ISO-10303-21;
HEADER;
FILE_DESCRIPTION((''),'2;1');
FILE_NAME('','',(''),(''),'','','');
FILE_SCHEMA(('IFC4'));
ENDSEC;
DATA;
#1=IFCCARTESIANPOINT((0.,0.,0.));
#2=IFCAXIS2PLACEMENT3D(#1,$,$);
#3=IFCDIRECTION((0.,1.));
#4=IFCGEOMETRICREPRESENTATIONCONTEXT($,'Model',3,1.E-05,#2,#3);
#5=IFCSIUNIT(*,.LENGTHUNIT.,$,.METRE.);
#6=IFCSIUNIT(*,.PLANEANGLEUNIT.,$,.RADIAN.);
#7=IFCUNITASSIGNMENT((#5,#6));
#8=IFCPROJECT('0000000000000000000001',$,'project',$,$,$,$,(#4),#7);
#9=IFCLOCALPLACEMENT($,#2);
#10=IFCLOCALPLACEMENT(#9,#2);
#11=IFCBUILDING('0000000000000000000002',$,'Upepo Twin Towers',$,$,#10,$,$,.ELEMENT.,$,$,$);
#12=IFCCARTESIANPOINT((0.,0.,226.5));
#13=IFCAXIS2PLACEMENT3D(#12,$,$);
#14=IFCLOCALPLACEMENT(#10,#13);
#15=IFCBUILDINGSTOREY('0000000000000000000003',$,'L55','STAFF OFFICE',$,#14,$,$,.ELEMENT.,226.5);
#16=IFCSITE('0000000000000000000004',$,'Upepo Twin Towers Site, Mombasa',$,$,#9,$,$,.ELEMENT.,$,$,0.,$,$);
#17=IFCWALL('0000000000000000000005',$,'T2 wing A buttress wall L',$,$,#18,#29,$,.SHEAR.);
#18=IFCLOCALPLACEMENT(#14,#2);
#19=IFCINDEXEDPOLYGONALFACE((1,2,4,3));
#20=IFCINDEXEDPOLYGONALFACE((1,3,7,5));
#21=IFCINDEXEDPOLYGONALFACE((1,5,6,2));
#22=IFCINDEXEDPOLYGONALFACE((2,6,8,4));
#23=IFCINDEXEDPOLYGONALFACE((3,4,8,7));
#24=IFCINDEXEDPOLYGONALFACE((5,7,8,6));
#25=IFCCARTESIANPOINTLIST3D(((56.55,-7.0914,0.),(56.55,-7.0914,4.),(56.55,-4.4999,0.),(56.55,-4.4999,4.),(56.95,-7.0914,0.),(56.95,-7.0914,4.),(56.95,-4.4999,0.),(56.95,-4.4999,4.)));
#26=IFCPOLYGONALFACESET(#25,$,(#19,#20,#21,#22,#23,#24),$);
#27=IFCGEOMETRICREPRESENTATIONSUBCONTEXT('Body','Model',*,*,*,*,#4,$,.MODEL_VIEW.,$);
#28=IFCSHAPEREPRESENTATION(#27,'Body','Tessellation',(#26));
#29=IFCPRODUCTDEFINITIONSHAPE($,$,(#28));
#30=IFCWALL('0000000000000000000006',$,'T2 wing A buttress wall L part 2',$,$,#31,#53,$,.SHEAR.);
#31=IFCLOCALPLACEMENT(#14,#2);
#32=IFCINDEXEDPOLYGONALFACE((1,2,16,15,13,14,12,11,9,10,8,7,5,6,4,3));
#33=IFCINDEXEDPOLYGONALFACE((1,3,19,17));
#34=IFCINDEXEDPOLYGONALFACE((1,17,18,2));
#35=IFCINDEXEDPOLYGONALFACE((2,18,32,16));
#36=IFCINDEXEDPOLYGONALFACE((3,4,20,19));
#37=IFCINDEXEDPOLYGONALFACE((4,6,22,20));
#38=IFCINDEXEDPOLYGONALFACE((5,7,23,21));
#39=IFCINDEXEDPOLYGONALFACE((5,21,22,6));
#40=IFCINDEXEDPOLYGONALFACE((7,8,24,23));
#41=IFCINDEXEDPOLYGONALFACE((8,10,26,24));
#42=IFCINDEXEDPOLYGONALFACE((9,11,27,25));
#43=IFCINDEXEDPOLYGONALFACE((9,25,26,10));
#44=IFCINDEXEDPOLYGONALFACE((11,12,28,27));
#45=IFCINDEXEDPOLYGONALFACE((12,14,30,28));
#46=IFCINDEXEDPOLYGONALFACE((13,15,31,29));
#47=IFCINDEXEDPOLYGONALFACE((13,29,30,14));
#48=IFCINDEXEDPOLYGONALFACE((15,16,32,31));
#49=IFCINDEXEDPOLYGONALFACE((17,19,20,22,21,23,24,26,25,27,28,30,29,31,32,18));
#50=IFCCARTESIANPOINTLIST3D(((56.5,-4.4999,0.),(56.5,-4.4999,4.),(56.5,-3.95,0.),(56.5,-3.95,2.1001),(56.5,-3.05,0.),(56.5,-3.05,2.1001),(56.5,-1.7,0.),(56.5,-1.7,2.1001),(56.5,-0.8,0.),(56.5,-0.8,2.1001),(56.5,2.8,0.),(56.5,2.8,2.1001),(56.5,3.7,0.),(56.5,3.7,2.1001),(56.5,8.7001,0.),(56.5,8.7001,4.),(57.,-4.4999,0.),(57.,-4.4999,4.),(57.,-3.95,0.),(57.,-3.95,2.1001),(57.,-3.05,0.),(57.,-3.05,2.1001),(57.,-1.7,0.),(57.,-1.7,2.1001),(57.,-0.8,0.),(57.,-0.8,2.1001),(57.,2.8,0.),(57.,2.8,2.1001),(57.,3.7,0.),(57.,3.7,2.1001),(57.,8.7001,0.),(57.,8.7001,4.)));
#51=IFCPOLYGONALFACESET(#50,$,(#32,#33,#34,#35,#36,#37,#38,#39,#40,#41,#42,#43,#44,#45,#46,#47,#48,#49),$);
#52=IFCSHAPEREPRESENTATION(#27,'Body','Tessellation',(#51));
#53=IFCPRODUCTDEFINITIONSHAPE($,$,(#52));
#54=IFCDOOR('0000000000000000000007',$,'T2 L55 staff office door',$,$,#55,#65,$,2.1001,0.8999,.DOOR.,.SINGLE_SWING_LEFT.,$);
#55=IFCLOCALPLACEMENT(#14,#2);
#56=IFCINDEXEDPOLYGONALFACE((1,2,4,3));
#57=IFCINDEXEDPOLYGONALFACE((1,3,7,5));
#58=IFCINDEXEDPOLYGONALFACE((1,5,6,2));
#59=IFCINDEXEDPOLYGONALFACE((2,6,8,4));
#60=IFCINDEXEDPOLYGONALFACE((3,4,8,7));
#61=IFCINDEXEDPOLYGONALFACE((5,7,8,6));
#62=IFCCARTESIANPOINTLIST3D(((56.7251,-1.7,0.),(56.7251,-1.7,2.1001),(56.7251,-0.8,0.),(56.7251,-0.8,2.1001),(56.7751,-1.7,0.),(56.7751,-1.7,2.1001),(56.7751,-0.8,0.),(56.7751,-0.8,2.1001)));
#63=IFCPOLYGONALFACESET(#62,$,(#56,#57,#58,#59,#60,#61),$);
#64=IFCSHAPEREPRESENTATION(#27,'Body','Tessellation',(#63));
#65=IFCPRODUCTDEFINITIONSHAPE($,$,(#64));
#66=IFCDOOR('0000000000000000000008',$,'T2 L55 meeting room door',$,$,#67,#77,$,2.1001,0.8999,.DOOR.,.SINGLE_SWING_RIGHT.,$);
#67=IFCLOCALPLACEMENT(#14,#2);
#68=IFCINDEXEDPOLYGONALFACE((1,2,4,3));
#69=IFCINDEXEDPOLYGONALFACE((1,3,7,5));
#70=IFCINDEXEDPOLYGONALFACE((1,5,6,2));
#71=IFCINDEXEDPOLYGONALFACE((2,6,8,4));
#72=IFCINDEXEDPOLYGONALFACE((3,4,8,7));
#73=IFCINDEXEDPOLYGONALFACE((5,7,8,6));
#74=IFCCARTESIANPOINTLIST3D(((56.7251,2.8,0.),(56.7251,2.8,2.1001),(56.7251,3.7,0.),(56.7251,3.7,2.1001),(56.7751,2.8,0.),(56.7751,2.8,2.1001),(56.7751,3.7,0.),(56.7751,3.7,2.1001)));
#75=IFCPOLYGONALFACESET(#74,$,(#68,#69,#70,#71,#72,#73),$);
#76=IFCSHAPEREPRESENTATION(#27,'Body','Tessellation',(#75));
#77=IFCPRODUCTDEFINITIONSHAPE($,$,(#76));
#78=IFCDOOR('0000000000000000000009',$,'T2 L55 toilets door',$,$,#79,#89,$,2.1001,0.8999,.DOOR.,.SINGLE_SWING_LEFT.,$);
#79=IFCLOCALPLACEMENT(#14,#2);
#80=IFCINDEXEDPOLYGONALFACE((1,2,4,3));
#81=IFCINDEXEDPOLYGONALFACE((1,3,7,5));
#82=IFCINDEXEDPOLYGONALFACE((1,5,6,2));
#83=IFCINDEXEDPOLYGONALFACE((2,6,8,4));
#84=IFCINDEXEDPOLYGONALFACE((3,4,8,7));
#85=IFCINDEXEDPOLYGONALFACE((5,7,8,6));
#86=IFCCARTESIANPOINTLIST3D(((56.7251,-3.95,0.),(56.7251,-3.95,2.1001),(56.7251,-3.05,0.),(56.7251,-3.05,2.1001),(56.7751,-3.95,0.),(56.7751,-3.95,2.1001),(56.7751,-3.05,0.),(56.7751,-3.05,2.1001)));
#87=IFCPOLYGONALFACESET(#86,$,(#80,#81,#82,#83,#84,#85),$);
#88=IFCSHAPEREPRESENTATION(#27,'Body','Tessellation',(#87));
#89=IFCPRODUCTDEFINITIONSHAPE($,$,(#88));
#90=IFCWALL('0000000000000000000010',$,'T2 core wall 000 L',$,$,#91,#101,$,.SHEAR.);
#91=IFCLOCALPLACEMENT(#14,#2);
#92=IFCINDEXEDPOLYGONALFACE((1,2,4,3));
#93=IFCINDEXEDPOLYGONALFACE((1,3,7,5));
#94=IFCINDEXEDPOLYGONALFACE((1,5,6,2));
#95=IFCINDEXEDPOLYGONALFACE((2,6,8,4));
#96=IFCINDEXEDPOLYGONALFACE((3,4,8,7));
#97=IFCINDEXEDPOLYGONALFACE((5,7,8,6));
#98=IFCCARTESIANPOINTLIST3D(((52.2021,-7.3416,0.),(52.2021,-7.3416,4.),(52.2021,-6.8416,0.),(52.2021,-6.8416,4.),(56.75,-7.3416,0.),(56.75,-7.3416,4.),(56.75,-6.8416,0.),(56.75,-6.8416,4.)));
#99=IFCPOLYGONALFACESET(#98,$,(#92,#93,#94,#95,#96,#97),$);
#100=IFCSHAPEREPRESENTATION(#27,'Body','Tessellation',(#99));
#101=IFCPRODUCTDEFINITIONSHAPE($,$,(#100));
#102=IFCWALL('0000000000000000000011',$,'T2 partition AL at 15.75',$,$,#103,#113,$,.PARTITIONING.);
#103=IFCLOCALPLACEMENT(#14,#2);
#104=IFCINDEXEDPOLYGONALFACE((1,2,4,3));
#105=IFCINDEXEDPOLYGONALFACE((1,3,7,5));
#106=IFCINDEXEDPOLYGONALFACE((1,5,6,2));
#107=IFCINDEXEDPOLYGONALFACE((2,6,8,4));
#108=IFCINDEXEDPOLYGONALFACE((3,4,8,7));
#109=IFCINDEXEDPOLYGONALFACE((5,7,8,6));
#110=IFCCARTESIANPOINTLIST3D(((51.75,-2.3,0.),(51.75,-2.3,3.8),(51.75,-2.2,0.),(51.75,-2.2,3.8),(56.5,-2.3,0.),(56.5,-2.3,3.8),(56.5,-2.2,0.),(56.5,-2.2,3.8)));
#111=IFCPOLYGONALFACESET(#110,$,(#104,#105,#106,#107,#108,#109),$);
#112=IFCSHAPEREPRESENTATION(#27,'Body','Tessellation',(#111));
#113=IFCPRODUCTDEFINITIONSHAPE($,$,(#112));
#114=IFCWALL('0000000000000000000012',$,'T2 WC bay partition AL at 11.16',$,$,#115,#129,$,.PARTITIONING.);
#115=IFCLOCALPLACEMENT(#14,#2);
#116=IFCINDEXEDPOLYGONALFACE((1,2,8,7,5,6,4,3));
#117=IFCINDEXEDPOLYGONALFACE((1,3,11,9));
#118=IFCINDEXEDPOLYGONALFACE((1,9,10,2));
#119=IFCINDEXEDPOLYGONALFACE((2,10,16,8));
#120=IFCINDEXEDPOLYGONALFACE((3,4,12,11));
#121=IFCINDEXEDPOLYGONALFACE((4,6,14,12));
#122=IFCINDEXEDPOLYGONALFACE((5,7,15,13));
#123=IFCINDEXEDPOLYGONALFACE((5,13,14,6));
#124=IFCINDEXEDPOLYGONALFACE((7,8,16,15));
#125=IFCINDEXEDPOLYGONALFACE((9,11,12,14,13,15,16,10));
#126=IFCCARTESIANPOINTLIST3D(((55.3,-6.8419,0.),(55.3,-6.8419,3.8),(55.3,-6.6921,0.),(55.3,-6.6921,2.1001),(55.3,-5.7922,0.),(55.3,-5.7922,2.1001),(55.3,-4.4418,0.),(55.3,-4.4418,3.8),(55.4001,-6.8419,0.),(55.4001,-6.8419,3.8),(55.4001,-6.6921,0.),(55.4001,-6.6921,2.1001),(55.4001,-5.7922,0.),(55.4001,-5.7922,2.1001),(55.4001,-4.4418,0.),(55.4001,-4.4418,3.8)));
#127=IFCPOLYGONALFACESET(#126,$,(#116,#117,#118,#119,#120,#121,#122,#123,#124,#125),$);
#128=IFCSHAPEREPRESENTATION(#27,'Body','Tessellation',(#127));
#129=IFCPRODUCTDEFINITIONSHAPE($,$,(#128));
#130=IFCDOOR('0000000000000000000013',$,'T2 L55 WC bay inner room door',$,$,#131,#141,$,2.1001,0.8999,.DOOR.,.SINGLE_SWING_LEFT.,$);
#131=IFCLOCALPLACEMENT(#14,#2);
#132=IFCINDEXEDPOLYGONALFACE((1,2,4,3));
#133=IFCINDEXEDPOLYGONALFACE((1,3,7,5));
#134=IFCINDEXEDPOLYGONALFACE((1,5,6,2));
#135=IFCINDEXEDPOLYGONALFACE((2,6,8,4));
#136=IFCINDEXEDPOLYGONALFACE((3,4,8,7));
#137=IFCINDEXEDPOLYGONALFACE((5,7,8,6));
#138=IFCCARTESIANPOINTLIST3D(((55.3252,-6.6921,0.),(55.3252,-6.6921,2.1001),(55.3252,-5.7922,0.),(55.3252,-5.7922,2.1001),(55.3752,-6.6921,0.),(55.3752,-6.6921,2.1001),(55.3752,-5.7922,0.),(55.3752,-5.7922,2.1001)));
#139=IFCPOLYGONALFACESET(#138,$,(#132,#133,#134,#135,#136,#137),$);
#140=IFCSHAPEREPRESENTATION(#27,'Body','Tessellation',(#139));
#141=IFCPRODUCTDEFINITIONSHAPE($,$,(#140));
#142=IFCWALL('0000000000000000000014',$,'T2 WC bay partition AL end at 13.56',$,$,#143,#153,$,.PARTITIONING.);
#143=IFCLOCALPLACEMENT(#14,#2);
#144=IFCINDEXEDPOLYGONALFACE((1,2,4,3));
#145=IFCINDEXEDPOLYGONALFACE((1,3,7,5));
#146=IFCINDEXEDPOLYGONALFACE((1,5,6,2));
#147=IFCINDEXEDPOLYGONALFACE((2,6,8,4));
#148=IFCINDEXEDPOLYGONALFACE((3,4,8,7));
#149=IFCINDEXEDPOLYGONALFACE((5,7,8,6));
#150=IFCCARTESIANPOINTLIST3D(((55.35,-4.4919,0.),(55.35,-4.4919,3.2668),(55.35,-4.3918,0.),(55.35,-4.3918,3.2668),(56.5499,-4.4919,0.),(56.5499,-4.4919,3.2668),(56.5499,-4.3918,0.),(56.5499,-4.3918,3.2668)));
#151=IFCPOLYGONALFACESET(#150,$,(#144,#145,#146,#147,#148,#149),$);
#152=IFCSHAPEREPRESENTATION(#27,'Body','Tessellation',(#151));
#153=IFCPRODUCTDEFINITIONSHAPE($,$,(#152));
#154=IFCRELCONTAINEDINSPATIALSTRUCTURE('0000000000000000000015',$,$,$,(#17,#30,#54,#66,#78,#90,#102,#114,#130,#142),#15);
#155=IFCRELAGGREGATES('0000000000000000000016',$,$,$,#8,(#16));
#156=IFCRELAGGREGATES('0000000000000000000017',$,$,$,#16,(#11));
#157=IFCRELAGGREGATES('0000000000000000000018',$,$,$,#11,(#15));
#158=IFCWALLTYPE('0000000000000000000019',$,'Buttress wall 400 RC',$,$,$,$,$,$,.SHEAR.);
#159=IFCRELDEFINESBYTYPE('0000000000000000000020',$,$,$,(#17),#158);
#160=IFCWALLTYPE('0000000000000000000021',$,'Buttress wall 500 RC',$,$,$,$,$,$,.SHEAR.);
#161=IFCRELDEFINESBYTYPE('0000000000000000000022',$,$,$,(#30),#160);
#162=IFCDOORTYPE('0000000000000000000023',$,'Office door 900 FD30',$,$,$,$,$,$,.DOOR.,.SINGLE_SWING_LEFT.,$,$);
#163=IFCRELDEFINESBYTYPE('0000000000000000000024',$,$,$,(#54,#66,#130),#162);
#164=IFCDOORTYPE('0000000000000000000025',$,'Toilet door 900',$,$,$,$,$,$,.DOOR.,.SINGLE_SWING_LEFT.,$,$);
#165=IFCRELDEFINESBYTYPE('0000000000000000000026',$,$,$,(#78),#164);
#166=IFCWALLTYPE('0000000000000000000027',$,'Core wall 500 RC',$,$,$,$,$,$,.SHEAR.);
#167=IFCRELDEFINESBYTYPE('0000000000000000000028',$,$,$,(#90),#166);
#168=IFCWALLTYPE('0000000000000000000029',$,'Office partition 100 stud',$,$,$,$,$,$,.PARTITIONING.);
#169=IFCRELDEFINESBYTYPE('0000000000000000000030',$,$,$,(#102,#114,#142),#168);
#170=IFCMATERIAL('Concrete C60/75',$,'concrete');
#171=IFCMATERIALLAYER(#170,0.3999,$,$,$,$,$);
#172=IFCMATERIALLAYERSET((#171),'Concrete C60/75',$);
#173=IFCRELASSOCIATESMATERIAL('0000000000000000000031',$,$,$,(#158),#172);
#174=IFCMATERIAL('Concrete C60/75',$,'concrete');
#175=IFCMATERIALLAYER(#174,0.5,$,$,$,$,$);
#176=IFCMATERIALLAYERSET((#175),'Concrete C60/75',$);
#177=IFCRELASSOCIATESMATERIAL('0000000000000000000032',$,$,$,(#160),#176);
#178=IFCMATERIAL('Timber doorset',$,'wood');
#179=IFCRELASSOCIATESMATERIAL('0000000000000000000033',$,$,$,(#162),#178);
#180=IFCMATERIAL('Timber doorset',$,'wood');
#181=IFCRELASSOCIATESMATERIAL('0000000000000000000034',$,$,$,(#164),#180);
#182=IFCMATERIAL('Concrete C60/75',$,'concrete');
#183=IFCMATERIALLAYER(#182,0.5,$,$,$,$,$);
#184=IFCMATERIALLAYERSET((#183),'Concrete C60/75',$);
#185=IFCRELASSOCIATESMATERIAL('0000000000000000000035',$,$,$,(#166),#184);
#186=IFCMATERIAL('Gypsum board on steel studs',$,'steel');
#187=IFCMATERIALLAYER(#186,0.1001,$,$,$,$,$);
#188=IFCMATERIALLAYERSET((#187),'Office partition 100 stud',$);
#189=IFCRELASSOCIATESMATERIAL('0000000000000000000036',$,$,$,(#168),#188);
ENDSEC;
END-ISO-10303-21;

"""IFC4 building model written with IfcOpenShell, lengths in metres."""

from ifc_helpers import new_model, si_unit, direction, frame, frame_2d, origin, place, context, subcontext, project, spatial, rectangle, extrude, material, layer, layer_set, type_object, element, fill, save


model = new_model("IFC4")

# Units and contexts
model_context = context("Model", 3, precision=1e-05, world=origin(), true_north=direction((0.0, 1.0)))
body_context = subcontext(model_context, "Body", "Model", "MODEL_VIEW")
ifc_project = project(units=[si_unit("LENGTHUNIT", "METRE"), si_unit("PLANEANGLEUNIT", "RADIAN")], contexts=[model_context])

# Site, building, storey
site_placement = place(None, origin())
site = spatial("IfcSite", under=ifc_project, at=site_placement, Name="Upepo Twin Towers Site, Mombasa", CompositionType="ELEMENT", RefElevation=0.0)
building_placement = place(site_placement, origin())
building = spatial("IfcBuilding", under=site, at=building_placement, Name="Upepo Twin Towers", CompositionType="ELEMENT")
storey_placement = place(building_placement, frame((0.0, 0.0, 226.5)))
storey = spatial("IfcBuildingStorey", under=building, at=storey_placement, Name="L55", Description="STAFF OFFICE", CompositionType="ELEMENT", Elevation=226.5)

# Wall
ifc_material_1 = material(Name="Concrete C60/75", Category="concrete")
ifc_layer_1 = layer(ifc_material_1, 0.3999)
ifc_layer_set_1 = layer_set([ifc_layer_1], Name="Concrete C60/75")
wall_type_1 = type_object("IfcWallType", Name="Buttress wall 400 RC", PredefinedType="SHEAR", material=ifc_layer_set_1)
wall_1_placement = place(storey_placement, frame((56.75, -7.0916, 0.0), z_axis=(0.0, 0.0, 1.0), x_axis=(0.0, 1.0, 0.0)))
element("IfcWall", 1, at=wall_1_placement, inside=storey, type_object=wall_type_1, Name="T2 wing A buttress wall L", PredefinedType="SHEAR", context=body_context, shape_type="SweptSolid", body=[
    extrude(rectangle(XDim=2.5916, YDim=0.3999, at=frame_2d((1.2959, 0.0))), origin(), (0.0, 0.0, 1.0), 4.0),
])

# Wall, openings, doors
ifc_material_2 = material(Name="Concrete C60/75", Category="concrete")
ifc_layer_2 = layer(ifc_material_2, 0.5)
ifc_layer_set_2 = layer_set([ifc_layer_2], Name="Concrete C60/75")
wall_type_2 = type_object("IfcWallType", Name="Buttress wall 500 RC", PredefinedType="SHEAR", material=ifc_layer_set_2)
wall_2_placement = place(storey_placement, frame((56.75, -4.5, 0.0), z_axis=(0.0, 0.0, 1.0), x_axis=(0.0, 1.0, 0.0)))
wall_2 = element("IfcWall", 2, at=wall_2_placement, inside=storey, type_object=wall_type_2, Name="T2 wing A buttress wall L part 2", PredefinedType="SHEAR", context=body_context, shape_type="SweptSolid", body=[
    extrude(rectangle(XDim=13.2, YDim=0.5, at=frame_2d((6.6001, 0.0))), origin(), (0.0, 0.0, 1.0), 4.0),
])
opening_1_placement = place(wall_2_placement, frame((0.55, 0.0, 0.0)))
opening_1 = element("IfcOpeningElement", 3, at=opening_1_placement, cuts=wall_2, PredefinedType="OPENING", context=body_context, shape_type="SweptSolid", body=[
    extrude(rectangle(XDim=0.8999, YDim=2.1001, at=frame_2d((0.45, 1.05))), frame((0.0, 0.26, 0.0), z_axis=(0.0, -1.0, 0.0), x_axis=(1.0, 0.0, 0.0)), (0.0, 0.0, 1.0), 0.52),
])
opening_2_placement = place(wall_2_placement, frame((2.8, 0.0, 0.0)))
opening_2 = element("IfcOpeningElement", 4, at=opening_2_placement, cuts=wall_2, PredefinedType="OPENING", context=body_context, shape_type="SweptSolid", body=[
    extrude(rectangle(XDim=0.8999, YDim=2.1001, at=frame_2d((0.45, 1.05))), frame((0.0, 0.26, 0.0), z_axis=(0.0, -1.0, 0.0), x_axis=(1.0, 0.0, 0.0)), (0.0, 0.0, 1.0), 0.52),
])
opening_3_placement = place(wall_2_placement, frame((7.3, 0.0, 0.0)))
opening_3 = element("IfcOpeningElement", 5, at=opening_3_placement, cuts=wall_2, PredefinedType="OPENING", context=body_context, shape_type="SweptSolid", body=[
    extrude(rectangle(XDim=0.8999, YDim=2.1001, at=frame_2d((0.45, 1.05))), frame((0.0, 0.26, 0.0), z_axis=(0.0, -1.0, 0.0), x_axis=(1.0, 0.0, 0.0)), (0.0, 0.0, 1.0), 0.52),
])
ifc_material_3 = material(Name="Timber doorset", Category="wood")
door_type_1 = type_object("IfcDoorType", Name="Office door 900 FD30", OperationType="SINGLE_SWING_LEFT", PredefinedType="DOOR", material=ifc_material_3)
door_1_placement = place(opening_2_placement, origin())
door_1 = element("IfcDoor", 6, at=door_1_placement, inside=storey, type_object=door_type_1, Name="T2 L55 staff office door", OperationType="SINGLE_SWING_LEFT", OverallHeight=2.1001, OverallWidth=0.8999, PredefinedType="DOOR", context=body_context, shape_type="SweptSolid", body=[
    extrude(rectangle(XDim=0.8999, YDim=2.1001, at=frame_2d((0.45, 1.05))), frame((0.0, 0.0249, 0.0), z_axis=(0.0, -1.0, 0.0), x_axis=(1.0, 0.0, 0.0)), (0.0, 0.0, 1.0), 0.05),
])
fill(opening_2, door_1)
door_2_placement = place(opening_3_placement, origin())
door_2 = element("IfcDoor", 7, at=door_2_placement, inside=storey, type_object=door_type_1, Name="T2 L55 meeting room door", OperationType="SINGLE_SWING_RIGHT", OverallHeight=2.1001, OverallWidth=0.8999, PredefinedType="DOOR", context=body_context, shape_type="SweptSolid", body=[
    extrude(rectangle(XDim=0.8999, YDim=2.1001, at=frame_2d((0.45, 1.05))), frame((0.0, 0.0249, 0.0), z_axis=(0.0, -1.0, 0.0), x_axis=(1.0, 0.0, 0.0)), (0.0, 0.0, 1.0), 0.05),
])
fill(opening_3, door_2)
ifc_material_4 = material(Name="Timber doorset", Category="wood")
door_type_2 = type_object("IfcDoorType", Name="Toilet door 900", OperationType="SINGLE_SWING_LEFT", PredefinedType="DOOR", material=ifc_material_4)
door_3_placement = place(opening_1_placement, origin())
door_3 = element("IfcDoor", 8, at=door_3_placement, inside=storey, type_object=door_type_2, Name="T2 L55 toilets door", OperationType="SINGLE_SWING_LEFT", OverallHeight=2.1001, OverallWidth=0.8999, PredefinedType="DOOR", context=body_context, shape_type="SweptSolid", body=[
    extrude(rectangle(XDim=0.8999, YDim=2.1001, at=frame_2d((0.45, 1.05))), frame((0.0, 0.0249, 0.0), z_axis=(0.0, -1.0, 0.0), x_axis=(1.0, 0.0, 0.0)), (0.0, 0.0, 1.0), 0.05),
])
fill(opening_1, door_3)

# Walls
ifc_material_5 = material(Name="Concrete C60/75", Category="concrete")
ifc_layer_3 = layer(ifc_material_5, 0.5)
ifc_layer_set_3 = layer_set([ifc_layer_3], Name="Concrete C60/75")
wall_type_3 = type_object("IfcWallType", Name="Core wall 500 RC", PredefinedType="SHEAR", material=ifc_layer_set_3)
wall_3_placement = place(storey_placement, frame((56.75, -7.0916, 0.0), z_axis=(0.0, 0.0, 1.0), x_axis=(-1.0, 0.0, 0.0)))
element("IfcWall", 9, at=wall_3_placement, inside=storey, type_object=wall_type_3, Name="T2 core wall 000 L", PredefinedType="SHEAR", context=body_context, shape_type="SweptSolid", body=[
    extrude(rectangle(XDim=4.5479, YDim=0.5, at=frame_2d((2.2739, 0.0))), origin(), (0.0, 0.0, 1.0), 4.0),
])
ifc_material_6 = material(Name="Gypsum board on steel studs", Category="steel")
ifc_layer_4 = layer(ifc_material_6, 0.1001)
ifc_layer_set_4 = layer_set([ifc_layer_4], Name="Office partition 100 stud")
wall_type_4 = type_object("IfcWallType", Name="Office partition 100 stud", PredefinedType="PARTITIONING", material=ifc_layer_set_4)
wall_4_placement = place(storey_placement, frame((56.5, -2.25, 0.0), z_axis=(0.0, 0.0, 1.0), x_axis=(-1.0, 0.0, 0.0)))
element("IfcWall", 10, at=wall_4_placement, inside=storey, type_object=wall_type_4, Name="T2 partition AL at 15.75", PredefinedType="PARTITIONING", context=body_context, shape_type="SweptSolid", body=[
    extrude(rectangle(XDim=4.75, YDim=0.1001, at=frame_2d((2.375, 0.0))), origin(), (0.0, 0.0, 1.0), 3.8),
])

# Wall, opening, door
wall_5_placement = place(storey_placement, frame((55.3501, -6.842, 0.0), z_axis=(0.0, 0.0, 1.0), x_axis=(0.0, 1.0, 0.0)))
wall_5 = element("IfcWall", 11, at=wall_5_placement, inside=storey, type_object=wall_type_4, Name="T2 WC bay partition AL at 11.16", PredefinedType="PARTITIONING", context=body_context, shape_type="SweptSolid", body=[
    extrude(rectangle(XDim=2.4001, YDim=0.1001, at=frame_2d((1.2002, 0.0))), origin(), (0.0, 0.0, 1.0), 3.8),
])
opening_4_placement = place(wall_5_placement, frame((0.1499, 0.0, 0.0)))
opening_4 = element("IfcOpeningElement", 12, at=opening_4_placement, cuts=wall_5, PredefinedType="OPENING", context=body_context, shape_type="SweptSolid", body=[
    extrude(rectangle(XDim=0.8999, YDim=2.1001, at=frame_2d((0.45, 1.05))), frame((0.0, 0.0601, 0.0), z_axis=(0.0, -1.0, 0.0), x_axis=(1.0, 0.0, 0.0)), (0.0, 0.0, 1.0), 0.1201),
])
door_4_placement = place(opening_4_placement, origin())
door_4 = element("IfcDoor", 13, at=door_4_placement, inside=storey, type_object=door_type_1, Name="T2 L55 WC bay inner room door", OperationType="SINGLE_SWING_LEFT", OverallHeight=2.1001, OverallWidth=0.8999, PredefinedType="DOOR", context=body_context, shape_type="SweptSolid", body=[
    extrude(rectangle(XDim=0.8999, YDim=2.1001, at=frame_2d((0.45, 1.05))), frame((0.0, 0.0249, 0.0), z_axis=(0.0, -1.0, 0.0), x_axis=(1.0, 0.0, 0.0)), (0.0, 0.0, 1.0), 0.05),
])
fill(opening_4, door_4)

# Wall
wall_6_placement = place(storey_placement, frame((56.55, -4.4419, 0.0), z_axis=(0.0, 0.0, 1.0), x_axis=(-1.0, 0.0, 0.0)))
element("IfcWall", 14, at=wall_6_placement, inside=storey, type_object=wall_type_4, Name="T2 WC bay partition AL end at 13.56", PredefinedType="PARTITIONING", context=body_context, shape_type="SweptSolid", body=[
    extrude(rectangle(XDim=1.2, YDim=0.1001, at=frame_2d((0.6001, 0.0))), origin(), (0.0, 0.0, 1.0), 3.2668),
])

save(model, "model.ifc")
